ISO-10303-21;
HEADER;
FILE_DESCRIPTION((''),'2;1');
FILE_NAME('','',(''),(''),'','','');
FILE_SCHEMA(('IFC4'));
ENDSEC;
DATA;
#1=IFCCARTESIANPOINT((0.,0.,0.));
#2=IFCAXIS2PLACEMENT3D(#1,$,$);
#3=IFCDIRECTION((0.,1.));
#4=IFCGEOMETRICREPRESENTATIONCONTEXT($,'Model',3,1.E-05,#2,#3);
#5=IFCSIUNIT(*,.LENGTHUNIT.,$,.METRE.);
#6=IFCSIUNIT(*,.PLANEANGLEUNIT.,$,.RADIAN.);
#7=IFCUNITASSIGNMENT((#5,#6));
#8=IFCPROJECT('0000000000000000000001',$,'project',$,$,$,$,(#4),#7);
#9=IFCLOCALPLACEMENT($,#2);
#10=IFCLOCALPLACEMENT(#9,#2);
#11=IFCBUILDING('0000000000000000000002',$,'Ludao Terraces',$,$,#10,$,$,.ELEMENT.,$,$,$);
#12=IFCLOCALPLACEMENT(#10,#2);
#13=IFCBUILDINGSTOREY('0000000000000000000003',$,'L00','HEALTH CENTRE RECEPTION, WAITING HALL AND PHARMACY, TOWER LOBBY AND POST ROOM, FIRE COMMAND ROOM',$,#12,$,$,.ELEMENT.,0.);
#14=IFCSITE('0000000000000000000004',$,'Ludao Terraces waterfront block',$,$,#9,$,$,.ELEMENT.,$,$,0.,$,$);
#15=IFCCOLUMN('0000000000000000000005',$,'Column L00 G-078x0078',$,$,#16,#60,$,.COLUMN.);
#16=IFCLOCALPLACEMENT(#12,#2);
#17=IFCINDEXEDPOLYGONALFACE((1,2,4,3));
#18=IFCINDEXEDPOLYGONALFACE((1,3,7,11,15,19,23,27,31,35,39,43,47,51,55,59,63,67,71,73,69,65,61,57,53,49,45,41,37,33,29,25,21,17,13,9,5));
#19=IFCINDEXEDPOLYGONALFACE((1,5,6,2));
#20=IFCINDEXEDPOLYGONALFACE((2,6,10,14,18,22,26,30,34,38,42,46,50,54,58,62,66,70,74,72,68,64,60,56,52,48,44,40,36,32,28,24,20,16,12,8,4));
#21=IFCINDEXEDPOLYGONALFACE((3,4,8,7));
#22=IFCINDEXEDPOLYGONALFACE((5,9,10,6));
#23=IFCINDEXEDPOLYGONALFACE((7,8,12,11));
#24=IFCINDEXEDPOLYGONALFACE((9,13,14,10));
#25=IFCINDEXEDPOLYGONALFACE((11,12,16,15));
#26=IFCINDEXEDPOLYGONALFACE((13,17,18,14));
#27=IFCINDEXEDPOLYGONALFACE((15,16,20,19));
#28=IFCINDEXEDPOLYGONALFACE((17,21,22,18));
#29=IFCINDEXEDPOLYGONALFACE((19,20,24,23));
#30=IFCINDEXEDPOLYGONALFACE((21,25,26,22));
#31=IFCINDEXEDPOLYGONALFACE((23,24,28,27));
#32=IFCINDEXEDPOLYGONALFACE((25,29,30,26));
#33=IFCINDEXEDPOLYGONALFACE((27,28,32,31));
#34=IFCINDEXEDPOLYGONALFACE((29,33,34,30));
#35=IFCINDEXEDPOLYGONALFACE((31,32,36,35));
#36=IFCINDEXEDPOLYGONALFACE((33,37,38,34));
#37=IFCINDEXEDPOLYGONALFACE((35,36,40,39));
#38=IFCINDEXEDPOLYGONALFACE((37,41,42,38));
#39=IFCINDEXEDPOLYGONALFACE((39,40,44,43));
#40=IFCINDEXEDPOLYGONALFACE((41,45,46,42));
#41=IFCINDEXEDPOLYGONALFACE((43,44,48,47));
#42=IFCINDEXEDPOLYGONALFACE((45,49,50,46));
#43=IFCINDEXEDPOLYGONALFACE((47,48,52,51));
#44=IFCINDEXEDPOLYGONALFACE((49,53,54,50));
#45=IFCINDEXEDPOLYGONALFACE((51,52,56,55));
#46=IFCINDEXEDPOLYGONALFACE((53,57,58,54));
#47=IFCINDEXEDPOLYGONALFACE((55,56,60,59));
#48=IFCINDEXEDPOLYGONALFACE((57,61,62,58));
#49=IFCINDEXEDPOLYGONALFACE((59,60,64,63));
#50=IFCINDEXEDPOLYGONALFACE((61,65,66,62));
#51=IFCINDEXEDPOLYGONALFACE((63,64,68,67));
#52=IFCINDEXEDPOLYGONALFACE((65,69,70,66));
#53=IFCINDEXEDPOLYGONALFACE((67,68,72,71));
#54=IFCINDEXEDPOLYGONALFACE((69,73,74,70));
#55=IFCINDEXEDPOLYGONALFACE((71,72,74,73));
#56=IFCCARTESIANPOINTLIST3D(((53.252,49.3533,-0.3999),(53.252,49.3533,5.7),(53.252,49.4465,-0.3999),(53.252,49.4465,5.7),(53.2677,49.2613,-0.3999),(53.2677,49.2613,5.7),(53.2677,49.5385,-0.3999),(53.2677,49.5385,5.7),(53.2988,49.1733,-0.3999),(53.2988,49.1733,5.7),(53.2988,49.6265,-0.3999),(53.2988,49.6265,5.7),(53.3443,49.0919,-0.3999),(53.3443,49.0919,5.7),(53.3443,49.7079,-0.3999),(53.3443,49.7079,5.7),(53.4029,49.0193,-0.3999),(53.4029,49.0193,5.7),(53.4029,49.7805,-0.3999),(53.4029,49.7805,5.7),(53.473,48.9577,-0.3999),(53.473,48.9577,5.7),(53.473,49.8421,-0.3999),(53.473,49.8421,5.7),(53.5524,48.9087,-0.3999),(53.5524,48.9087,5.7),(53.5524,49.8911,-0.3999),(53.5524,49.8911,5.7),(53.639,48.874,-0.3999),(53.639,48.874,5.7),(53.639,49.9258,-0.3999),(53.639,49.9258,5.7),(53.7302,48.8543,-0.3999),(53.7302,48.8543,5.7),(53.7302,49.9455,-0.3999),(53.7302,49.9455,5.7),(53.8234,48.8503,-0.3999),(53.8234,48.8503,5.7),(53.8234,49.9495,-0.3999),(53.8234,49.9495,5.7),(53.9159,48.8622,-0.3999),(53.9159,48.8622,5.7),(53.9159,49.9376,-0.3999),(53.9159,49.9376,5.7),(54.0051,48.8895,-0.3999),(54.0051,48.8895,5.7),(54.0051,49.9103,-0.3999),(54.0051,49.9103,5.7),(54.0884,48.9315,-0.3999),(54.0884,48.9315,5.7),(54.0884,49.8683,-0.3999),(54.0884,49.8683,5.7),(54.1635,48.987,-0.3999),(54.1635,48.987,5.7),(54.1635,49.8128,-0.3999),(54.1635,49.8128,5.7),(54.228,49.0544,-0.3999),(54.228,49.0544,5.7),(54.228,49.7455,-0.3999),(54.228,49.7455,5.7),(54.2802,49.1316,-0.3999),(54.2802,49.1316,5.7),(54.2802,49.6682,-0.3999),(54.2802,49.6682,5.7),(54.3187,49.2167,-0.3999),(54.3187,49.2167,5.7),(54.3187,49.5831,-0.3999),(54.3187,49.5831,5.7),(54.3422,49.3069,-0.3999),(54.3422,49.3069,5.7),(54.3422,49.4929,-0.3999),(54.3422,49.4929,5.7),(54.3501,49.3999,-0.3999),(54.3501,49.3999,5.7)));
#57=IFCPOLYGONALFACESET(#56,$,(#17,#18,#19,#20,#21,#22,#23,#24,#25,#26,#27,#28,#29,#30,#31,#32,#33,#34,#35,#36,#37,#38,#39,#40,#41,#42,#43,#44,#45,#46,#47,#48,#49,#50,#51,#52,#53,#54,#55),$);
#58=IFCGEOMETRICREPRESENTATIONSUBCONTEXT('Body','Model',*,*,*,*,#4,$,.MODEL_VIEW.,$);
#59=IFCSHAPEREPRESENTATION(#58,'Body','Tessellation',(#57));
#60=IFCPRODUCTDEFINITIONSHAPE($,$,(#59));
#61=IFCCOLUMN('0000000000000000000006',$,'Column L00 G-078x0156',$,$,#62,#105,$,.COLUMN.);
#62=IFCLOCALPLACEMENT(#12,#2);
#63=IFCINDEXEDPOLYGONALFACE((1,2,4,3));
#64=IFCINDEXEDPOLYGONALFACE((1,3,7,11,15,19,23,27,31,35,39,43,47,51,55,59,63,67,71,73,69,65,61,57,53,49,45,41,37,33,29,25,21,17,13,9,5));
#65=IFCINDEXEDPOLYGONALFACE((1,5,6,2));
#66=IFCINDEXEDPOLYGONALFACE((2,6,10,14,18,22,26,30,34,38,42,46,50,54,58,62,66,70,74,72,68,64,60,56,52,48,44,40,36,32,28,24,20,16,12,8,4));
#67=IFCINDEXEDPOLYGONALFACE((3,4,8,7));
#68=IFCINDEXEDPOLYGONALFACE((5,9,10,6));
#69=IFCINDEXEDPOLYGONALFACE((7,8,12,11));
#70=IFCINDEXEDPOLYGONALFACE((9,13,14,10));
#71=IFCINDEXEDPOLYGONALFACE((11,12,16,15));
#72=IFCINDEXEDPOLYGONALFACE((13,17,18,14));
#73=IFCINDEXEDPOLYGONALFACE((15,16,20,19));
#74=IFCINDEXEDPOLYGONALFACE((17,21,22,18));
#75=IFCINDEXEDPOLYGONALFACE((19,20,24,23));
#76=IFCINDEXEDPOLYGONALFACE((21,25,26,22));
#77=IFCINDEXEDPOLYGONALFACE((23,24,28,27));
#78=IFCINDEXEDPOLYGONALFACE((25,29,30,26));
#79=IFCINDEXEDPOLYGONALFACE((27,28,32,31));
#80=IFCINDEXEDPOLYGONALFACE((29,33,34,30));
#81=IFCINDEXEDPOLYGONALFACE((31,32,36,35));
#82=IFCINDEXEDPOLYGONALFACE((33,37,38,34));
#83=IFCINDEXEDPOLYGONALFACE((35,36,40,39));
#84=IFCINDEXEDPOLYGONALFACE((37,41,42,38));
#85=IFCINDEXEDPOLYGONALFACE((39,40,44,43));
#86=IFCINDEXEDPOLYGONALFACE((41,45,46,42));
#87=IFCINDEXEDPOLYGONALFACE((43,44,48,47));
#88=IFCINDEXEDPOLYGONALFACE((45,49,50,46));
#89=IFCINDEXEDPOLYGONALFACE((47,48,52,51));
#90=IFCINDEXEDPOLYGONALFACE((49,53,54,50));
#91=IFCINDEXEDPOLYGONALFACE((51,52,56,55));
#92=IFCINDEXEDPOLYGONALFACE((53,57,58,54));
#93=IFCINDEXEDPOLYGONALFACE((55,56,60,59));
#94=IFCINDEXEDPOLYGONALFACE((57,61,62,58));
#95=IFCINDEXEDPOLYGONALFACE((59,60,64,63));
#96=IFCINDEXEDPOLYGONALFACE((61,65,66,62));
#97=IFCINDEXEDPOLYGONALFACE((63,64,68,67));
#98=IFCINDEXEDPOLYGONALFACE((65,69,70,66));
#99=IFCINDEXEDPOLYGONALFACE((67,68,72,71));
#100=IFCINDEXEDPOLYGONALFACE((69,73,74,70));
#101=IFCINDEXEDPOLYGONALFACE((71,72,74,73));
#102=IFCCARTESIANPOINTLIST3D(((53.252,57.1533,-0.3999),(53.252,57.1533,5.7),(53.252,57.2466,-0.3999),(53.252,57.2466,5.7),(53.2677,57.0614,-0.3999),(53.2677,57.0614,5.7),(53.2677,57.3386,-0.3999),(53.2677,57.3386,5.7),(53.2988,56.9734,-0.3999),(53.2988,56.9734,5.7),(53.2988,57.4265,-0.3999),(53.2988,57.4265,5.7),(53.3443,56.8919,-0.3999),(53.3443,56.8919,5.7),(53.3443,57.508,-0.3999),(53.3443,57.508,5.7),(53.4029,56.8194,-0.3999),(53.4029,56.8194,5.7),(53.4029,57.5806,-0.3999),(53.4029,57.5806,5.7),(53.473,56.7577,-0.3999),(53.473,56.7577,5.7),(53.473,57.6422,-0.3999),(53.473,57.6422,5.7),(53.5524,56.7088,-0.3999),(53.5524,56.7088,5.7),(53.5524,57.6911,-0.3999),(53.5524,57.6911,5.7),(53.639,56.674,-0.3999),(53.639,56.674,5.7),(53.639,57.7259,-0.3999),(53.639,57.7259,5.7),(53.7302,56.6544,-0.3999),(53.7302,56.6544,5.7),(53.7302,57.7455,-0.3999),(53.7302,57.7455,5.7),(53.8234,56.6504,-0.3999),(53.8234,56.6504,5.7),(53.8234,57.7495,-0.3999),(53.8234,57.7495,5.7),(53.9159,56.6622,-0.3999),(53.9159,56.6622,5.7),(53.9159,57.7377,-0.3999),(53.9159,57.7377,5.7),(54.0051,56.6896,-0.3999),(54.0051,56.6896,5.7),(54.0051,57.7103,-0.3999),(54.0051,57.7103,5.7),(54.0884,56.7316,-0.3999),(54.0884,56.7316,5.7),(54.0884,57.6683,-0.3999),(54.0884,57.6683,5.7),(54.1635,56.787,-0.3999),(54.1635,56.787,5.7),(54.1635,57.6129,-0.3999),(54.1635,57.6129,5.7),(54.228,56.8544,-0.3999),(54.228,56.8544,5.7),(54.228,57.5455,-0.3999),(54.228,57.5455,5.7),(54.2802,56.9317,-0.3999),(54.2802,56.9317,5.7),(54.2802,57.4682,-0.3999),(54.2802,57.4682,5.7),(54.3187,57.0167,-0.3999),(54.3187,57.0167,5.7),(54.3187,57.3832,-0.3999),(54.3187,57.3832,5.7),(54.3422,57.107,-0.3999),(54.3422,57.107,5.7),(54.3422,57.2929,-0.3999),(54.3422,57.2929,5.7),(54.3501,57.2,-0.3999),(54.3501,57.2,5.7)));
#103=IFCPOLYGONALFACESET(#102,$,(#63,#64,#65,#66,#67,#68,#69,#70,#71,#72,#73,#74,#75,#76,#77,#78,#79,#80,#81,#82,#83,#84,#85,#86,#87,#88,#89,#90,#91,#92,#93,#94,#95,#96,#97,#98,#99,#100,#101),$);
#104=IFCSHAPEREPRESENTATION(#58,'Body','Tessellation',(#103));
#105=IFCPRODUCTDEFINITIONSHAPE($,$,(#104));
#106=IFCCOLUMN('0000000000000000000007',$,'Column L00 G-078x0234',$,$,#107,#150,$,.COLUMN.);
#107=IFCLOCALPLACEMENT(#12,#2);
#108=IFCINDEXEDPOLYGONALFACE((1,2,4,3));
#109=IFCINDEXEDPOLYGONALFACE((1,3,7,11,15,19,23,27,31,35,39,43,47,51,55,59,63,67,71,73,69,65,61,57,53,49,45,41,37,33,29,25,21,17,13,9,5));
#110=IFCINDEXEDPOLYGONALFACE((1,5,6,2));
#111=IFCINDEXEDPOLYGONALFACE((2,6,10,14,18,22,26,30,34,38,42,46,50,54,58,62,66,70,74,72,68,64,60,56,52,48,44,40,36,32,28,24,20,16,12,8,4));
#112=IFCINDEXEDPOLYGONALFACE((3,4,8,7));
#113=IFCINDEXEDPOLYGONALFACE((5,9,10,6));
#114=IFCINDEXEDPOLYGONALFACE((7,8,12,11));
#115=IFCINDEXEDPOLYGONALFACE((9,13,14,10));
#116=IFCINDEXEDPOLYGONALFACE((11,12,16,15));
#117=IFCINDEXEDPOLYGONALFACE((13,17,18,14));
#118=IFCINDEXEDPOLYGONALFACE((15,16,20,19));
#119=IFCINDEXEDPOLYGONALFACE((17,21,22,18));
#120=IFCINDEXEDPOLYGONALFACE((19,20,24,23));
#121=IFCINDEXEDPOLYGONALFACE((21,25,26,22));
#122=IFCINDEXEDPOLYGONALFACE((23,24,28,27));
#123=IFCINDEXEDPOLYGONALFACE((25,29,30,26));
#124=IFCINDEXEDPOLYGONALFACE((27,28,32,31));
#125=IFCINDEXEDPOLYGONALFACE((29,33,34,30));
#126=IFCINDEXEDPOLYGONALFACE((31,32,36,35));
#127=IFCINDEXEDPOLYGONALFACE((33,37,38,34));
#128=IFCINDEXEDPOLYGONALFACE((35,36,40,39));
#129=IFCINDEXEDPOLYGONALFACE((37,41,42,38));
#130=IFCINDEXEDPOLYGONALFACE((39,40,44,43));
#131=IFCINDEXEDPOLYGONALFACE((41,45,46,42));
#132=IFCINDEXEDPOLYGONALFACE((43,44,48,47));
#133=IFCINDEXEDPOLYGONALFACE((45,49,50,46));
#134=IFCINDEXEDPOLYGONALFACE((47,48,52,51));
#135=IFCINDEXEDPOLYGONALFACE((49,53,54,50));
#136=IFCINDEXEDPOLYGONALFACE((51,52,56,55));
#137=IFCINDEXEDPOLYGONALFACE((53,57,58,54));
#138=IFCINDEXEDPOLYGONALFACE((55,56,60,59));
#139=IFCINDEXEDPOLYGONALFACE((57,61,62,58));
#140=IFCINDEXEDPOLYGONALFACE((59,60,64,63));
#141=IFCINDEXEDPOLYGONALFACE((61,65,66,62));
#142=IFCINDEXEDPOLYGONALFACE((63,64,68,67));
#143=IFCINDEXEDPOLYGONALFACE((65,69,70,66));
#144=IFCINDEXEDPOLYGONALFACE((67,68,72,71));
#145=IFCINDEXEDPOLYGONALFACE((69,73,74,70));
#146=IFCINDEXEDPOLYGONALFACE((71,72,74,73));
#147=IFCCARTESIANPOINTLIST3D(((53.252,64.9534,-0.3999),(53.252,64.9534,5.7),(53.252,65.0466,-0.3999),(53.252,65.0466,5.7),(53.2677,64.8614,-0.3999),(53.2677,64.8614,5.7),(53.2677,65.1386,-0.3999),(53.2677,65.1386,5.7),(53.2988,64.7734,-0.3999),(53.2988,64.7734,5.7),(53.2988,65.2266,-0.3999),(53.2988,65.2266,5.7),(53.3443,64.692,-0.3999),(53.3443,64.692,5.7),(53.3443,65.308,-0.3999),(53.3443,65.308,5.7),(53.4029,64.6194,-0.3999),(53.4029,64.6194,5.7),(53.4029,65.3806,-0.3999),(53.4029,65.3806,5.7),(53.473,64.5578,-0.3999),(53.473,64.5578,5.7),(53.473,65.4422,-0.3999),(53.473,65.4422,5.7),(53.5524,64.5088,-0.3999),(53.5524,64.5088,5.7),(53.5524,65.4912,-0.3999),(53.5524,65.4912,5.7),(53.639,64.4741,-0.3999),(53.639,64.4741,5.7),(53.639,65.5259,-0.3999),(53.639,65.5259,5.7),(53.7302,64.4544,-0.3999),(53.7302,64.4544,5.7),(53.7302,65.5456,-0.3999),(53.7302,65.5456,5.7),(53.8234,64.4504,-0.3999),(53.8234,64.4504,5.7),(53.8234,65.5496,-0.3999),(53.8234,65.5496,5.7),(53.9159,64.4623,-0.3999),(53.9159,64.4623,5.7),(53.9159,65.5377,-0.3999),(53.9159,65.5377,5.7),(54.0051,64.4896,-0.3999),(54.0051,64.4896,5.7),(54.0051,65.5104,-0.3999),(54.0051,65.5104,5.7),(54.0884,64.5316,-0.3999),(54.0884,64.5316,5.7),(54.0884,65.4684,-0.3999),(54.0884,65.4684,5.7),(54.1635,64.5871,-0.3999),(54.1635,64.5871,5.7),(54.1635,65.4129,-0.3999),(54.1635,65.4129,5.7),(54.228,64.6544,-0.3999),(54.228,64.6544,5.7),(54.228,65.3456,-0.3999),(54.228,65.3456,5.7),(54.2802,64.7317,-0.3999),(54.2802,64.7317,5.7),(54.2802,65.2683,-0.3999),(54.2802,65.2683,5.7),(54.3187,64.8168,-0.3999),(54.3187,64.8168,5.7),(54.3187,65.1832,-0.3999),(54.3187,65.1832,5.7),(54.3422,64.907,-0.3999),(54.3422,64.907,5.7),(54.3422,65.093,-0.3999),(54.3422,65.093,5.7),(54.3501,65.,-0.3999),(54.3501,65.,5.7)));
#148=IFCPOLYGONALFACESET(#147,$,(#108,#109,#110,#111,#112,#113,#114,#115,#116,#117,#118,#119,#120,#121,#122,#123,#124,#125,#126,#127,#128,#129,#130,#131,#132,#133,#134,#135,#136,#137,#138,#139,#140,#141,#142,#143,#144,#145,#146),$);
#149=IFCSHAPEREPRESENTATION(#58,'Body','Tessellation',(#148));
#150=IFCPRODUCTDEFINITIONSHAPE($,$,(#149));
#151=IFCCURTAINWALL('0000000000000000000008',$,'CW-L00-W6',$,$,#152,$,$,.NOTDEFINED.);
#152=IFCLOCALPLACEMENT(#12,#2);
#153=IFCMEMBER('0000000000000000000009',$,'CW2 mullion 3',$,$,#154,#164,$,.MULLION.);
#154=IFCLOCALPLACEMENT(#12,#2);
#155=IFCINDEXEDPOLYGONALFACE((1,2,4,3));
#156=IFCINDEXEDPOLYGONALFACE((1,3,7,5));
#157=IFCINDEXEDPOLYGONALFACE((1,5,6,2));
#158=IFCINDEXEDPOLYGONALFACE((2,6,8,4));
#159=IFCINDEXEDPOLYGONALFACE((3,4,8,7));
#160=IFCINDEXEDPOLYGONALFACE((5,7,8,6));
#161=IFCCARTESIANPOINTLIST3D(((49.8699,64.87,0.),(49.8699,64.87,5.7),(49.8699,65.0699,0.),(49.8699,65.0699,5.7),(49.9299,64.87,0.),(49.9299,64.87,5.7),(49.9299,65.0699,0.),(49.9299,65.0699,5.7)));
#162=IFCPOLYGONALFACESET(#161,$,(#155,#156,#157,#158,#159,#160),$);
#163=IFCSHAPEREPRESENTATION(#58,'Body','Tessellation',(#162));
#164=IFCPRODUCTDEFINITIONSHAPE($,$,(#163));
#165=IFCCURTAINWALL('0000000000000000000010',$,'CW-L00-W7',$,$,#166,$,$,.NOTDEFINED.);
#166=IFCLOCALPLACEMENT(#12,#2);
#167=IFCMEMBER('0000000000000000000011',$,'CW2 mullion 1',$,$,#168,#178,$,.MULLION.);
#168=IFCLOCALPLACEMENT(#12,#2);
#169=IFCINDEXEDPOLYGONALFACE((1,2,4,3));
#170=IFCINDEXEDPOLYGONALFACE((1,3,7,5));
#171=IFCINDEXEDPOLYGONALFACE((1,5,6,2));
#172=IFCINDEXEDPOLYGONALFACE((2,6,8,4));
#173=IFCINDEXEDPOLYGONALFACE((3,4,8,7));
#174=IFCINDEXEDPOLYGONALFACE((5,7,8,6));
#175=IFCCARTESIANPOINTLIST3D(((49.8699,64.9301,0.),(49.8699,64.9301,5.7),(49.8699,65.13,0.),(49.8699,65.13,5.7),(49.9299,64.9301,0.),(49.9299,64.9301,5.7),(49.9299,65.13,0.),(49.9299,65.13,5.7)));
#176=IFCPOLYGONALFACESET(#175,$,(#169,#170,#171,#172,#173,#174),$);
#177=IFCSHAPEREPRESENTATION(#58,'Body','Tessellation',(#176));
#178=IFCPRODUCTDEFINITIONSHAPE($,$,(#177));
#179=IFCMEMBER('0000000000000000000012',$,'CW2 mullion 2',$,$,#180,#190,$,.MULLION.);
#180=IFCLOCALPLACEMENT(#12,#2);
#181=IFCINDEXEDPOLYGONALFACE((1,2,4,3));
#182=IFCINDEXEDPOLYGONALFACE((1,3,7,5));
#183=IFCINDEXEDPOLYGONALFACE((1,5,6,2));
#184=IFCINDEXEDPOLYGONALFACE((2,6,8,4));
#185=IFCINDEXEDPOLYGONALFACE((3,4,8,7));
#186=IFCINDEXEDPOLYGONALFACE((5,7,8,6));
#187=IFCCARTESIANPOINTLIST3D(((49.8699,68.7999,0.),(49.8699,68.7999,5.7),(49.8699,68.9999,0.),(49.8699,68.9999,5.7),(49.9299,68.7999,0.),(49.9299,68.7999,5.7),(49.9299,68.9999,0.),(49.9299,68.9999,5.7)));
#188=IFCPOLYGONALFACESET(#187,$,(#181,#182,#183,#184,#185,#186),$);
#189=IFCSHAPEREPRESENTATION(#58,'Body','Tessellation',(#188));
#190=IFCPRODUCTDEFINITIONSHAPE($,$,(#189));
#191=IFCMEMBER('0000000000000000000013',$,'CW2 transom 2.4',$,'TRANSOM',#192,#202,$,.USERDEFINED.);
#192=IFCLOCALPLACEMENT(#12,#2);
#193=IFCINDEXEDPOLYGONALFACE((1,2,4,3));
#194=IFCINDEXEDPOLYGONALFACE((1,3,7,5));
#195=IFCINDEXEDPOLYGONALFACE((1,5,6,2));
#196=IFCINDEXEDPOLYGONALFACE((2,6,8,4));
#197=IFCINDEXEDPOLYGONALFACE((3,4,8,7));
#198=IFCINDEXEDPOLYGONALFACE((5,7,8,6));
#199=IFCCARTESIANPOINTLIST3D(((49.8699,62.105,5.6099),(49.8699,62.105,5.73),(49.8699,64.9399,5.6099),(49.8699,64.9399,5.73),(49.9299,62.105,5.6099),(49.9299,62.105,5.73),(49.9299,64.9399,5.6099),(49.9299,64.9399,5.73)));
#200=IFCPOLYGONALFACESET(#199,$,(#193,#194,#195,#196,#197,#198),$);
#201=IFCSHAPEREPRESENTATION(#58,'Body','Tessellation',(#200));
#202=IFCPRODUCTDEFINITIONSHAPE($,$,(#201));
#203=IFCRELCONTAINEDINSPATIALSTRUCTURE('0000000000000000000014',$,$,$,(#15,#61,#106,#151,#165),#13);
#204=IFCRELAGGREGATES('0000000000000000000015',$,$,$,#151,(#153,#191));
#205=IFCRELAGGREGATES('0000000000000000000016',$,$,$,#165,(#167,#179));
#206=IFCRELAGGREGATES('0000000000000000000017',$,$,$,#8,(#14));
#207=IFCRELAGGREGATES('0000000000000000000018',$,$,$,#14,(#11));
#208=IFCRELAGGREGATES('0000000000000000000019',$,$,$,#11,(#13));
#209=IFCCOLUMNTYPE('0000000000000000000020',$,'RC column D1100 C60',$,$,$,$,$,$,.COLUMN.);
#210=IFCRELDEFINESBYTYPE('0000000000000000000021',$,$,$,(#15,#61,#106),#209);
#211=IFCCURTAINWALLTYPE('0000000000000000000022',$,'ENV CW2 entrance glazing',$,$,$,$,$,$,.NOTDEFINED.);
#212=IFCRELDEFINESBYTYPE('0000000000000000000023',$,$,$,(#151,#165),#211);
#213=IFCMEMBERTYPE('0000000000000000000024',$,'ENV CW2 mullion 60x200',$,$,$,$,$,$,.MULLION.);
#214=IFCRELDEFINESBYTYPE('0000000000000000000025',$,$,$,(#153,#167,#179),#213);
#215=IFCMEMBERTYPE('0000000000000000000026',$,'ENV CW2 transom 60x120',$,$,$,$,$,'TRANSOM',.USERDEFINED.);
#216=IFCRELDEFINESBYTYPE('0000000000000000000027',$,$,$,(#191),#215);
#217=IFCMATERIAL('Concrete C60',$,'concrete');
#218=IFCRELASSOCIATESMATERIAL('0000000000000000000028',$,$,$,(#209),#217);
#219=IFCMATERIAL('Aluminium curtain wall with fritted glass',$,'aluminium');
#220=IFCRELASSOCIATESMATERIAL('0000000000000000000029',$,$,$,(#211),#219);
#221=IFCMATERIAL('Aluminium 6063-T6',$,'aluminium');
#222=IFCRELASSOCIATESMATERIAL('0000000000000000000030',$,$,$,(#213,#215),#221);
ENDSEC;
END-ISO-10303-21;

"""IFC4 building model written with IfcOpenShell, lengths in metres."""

from ifc_helpers import new_model, si_unit, direction, frame, origin, origin_2d, place, context, subcontext, project, spatial, rectangle, circle, extrude, material, material_profile, profile_set, type_object, element, aggregate, save


model = new_model("IFC4")

# Units and contexts
model_context = context("Model", 3, precision=1e-05, world=origin(), true_north=direction((0.0, 1.0)))
body_context = subcontext(model_context, "Body", "Model", "MODEL_VIEW")
ifc_project = project(units=[si_unit("LENGTHUNIT", "METRE"), si_unit("PLANEANGLEUNIT", "RADIAN")], contexts=[model_context])

# Site, building, storey
site_placement = place(None, origin())
site = spatial("IfcSite", under=ifc_project, at=site_placement, Name="Ludao Terraces waterfront block", CompositionType="ELEMENT", RefElevation=0.0)
building_placement = place(site_placement, origin())
building = spatial("IfcBuilding", under=site, at=building_placement, Name="Ludao Terraces", CompositionType="ELEMENT")
storey_placement = place(building_placement, origin())
storey = spatial("IfcBuildingStorey", under=building, at=storey_placement, Name="L00", Description="HEALTH CENTRE RECEPTION, WAITING HALL AND PHARMACY, TOWER LOBBY AND POST ROOM, FIRE COMMAND ROOM", CompositionType="ELEMENT", Elevation=0.0)

# Columns
ifc_material_1 = material(Name="Concrete C60", Category="concrete")
ifc_material_profile_1 = material_profile(ifc_material_1, circle(Radius=0.55, at=origin_2d()), Name="D1100")
ifc_profile_set_1 = profile_set([ifc_material_profile_1], Name="Concrete C60")
column_type = type_object("IfcColumnType", Name="RC column D1100 C60", PredefinedType="COLUMN", material=ifc_profile_set_1)
for number, where, z_axis, x_axis, name in (
    (1, (53.8, 49.3999, -0.3999), (0.0, 0.0, 1.0), (1.0, 0.0, 0.0), "Column L00 G-078x0078"),
    (2, (53.8, 57.2, -0.3999), (0.0, 0.0, 1.0), (1.0, 0.0, 0.0), "Column L00 G-078x0156"),
    (3, (53.8, 65.0, -0.3999), (0.0, 0.0, 1.0), (1.0, 0.0, 0.0), "Column L00 G-078x0234"),
):
    element("IfcColumn", number, at=place(storey_placement, frame(where, z_axis=z_axis, x_axis=x_axis)), inside=storey, type_object=column_type, Name=name, PredefinedType="COLUMN", context=body_context, shape_type="SweptSolid", body=[
        extrude(circle(Radius=0.55, at=origin_2d()), origin(), (0.0, 0.0, 1.0), 6.0999),
    ])

# Curtain wall, member
ifc_material_2 = material(Name="Aluminium curtain wall with fritted glass", Category="aluminium")
curtain_wall_type = type_object("IfcCurtainWallType", Name="ENV CW2 entrance glazing", PredefinedType="NOTDEFINED", material=ifc_material_2)
curtain_wall_1_placement = place(storey_placement, origin())
curtain_wall_1 = element("IfcCurtainWall", 4, at=curtain_wall_1_placement, inside=storey, type_object=curtain_wall_type, Name="CW-L00-W6", PredefinedType="NOTDEFINED")
ifc_material_3 = material(Name="Aluminium 6063-T6", Category="aluminium")
ifc_material_profile_2 = material_profile(ifc_material_3, rectangle(XDim=0.0601, YDim=0.2, at=origin_2d()), Name="60 X 200")
ifc_profile_set_2 = profile_set([ifc_material_profile_2], Name="Aluminium 6063-T6")
member_type_1 = type_object("IfcMemberType", Name="ENV CW2 mullion 60x200", PredefinedType="MULLION", material=ifc_profile_set_2)
member_1_placement = place(storey_placement, frame((49.8999, 64.97, 0.0), z_axis=(0.0, 0.0, 1.0), x_axis=(-1.0, 0.0, 0.0)))
member_1 = element("IfcMember", 5, at=member_1_placement, type_object=member_type_1, Name="CW2 mullion 3", PredefinedType="MULLION", context=body_context, shape_type="SweptSolid", body=[
    extrude(rectangle(XDim=0.0601, YDim=0.2, at=origin_2d()), origin(), (0.0, 0.0, 1.0), 5.7),
])

# Curtain wall, members
curtain_wall_2_placement = place(storey_placement, origin())
curtain_wall_2 = element("IfcCurtainWall", 6, at=curtain_wall_2_placement, inside=storey, type_object=curtain_wall_type, Name="CW-L00-W7", PredefinedType="NOTDEFINED")
member_2_placement = place(storey_placement, frame((49.8999, 65.03, 0.0), z_axis=(0.0, 0.0, 1.0), x_axis=(-1.0, 0.0, 0.0)))
member_2 = element("IfcMember", 7, at=member_2_placement, type_object=member_type_1, Name="CW2 mullion 1", PredefinedType="MULLION", context=body_context, shape_type="SweptSolid", body=[
    extrude(rectangle(XDim=0.0601, YDim=0.2, at=origin_2d()), origin(), (0.0, 0.0, 1.0), 5.7),
])
member_3_placement = place(storey_placement, frame((49.8999, 68.8999, 0.0), z_axis=(0.0, 0.0, 1.0), x_axis=(-1.0, 0.0, 0.0)))
member_3 = element("IfcMember", 8, at=member_3_placement, type_object=member_type_1, Name="CW2 mullion 2", PredefinedType="MULLION", context=body_context, shape_type="SweptSolid", body=[
    extrude(rectangle(XDim=0.0601, YDim=0.2, at=origin_2d()), origin(), (0.0, 0.0, 1.0), 5.7),
])

# Member
ifc_material_profile_3 = material_profile(ifc_material_3, rectangle(XDim=0.0601, YDim=0.1201, at=origin_2d()), Name="60 X 120")
ifc_profile_set_3 = profile_set([ifc_material_profile_3], Name="Aluminium 6063-T6")
member_type_2 = type_object("IfcMemberType", Name="ENV CW2 transom 60x120", ElementType="TRANSOM", PredefinedType="USERDEFINED", material=ifc_profile_set_3)
member_4_placement = place(storey_placement, frame((49.8999, 62.105, 5.6699), z_axis=(0.0, 1.0, 0.0), x_axis=(-1.0, 0.0, 0.0)))
member_4 = element("IfcMember", 9, at=member_4_placement, type_object=member_type_2, Name="CW2 transom 2.4", ObjectType="TRANSOM", PredefinedType="USERDEFINED", context=body_context, shape_type="SweptSolid", body=[
    extrude(rectangle(XDim=0.0601, YDim=0.1201, at=origin_2d()), origin(), (0.0, 0.0, 1.0), 2.835),
])

aggregate(curtain_wall_1, [member_1, member_4])
aggregate(curtain_wall_2, [member_2, member_3])

save(model, "model.ifc")
